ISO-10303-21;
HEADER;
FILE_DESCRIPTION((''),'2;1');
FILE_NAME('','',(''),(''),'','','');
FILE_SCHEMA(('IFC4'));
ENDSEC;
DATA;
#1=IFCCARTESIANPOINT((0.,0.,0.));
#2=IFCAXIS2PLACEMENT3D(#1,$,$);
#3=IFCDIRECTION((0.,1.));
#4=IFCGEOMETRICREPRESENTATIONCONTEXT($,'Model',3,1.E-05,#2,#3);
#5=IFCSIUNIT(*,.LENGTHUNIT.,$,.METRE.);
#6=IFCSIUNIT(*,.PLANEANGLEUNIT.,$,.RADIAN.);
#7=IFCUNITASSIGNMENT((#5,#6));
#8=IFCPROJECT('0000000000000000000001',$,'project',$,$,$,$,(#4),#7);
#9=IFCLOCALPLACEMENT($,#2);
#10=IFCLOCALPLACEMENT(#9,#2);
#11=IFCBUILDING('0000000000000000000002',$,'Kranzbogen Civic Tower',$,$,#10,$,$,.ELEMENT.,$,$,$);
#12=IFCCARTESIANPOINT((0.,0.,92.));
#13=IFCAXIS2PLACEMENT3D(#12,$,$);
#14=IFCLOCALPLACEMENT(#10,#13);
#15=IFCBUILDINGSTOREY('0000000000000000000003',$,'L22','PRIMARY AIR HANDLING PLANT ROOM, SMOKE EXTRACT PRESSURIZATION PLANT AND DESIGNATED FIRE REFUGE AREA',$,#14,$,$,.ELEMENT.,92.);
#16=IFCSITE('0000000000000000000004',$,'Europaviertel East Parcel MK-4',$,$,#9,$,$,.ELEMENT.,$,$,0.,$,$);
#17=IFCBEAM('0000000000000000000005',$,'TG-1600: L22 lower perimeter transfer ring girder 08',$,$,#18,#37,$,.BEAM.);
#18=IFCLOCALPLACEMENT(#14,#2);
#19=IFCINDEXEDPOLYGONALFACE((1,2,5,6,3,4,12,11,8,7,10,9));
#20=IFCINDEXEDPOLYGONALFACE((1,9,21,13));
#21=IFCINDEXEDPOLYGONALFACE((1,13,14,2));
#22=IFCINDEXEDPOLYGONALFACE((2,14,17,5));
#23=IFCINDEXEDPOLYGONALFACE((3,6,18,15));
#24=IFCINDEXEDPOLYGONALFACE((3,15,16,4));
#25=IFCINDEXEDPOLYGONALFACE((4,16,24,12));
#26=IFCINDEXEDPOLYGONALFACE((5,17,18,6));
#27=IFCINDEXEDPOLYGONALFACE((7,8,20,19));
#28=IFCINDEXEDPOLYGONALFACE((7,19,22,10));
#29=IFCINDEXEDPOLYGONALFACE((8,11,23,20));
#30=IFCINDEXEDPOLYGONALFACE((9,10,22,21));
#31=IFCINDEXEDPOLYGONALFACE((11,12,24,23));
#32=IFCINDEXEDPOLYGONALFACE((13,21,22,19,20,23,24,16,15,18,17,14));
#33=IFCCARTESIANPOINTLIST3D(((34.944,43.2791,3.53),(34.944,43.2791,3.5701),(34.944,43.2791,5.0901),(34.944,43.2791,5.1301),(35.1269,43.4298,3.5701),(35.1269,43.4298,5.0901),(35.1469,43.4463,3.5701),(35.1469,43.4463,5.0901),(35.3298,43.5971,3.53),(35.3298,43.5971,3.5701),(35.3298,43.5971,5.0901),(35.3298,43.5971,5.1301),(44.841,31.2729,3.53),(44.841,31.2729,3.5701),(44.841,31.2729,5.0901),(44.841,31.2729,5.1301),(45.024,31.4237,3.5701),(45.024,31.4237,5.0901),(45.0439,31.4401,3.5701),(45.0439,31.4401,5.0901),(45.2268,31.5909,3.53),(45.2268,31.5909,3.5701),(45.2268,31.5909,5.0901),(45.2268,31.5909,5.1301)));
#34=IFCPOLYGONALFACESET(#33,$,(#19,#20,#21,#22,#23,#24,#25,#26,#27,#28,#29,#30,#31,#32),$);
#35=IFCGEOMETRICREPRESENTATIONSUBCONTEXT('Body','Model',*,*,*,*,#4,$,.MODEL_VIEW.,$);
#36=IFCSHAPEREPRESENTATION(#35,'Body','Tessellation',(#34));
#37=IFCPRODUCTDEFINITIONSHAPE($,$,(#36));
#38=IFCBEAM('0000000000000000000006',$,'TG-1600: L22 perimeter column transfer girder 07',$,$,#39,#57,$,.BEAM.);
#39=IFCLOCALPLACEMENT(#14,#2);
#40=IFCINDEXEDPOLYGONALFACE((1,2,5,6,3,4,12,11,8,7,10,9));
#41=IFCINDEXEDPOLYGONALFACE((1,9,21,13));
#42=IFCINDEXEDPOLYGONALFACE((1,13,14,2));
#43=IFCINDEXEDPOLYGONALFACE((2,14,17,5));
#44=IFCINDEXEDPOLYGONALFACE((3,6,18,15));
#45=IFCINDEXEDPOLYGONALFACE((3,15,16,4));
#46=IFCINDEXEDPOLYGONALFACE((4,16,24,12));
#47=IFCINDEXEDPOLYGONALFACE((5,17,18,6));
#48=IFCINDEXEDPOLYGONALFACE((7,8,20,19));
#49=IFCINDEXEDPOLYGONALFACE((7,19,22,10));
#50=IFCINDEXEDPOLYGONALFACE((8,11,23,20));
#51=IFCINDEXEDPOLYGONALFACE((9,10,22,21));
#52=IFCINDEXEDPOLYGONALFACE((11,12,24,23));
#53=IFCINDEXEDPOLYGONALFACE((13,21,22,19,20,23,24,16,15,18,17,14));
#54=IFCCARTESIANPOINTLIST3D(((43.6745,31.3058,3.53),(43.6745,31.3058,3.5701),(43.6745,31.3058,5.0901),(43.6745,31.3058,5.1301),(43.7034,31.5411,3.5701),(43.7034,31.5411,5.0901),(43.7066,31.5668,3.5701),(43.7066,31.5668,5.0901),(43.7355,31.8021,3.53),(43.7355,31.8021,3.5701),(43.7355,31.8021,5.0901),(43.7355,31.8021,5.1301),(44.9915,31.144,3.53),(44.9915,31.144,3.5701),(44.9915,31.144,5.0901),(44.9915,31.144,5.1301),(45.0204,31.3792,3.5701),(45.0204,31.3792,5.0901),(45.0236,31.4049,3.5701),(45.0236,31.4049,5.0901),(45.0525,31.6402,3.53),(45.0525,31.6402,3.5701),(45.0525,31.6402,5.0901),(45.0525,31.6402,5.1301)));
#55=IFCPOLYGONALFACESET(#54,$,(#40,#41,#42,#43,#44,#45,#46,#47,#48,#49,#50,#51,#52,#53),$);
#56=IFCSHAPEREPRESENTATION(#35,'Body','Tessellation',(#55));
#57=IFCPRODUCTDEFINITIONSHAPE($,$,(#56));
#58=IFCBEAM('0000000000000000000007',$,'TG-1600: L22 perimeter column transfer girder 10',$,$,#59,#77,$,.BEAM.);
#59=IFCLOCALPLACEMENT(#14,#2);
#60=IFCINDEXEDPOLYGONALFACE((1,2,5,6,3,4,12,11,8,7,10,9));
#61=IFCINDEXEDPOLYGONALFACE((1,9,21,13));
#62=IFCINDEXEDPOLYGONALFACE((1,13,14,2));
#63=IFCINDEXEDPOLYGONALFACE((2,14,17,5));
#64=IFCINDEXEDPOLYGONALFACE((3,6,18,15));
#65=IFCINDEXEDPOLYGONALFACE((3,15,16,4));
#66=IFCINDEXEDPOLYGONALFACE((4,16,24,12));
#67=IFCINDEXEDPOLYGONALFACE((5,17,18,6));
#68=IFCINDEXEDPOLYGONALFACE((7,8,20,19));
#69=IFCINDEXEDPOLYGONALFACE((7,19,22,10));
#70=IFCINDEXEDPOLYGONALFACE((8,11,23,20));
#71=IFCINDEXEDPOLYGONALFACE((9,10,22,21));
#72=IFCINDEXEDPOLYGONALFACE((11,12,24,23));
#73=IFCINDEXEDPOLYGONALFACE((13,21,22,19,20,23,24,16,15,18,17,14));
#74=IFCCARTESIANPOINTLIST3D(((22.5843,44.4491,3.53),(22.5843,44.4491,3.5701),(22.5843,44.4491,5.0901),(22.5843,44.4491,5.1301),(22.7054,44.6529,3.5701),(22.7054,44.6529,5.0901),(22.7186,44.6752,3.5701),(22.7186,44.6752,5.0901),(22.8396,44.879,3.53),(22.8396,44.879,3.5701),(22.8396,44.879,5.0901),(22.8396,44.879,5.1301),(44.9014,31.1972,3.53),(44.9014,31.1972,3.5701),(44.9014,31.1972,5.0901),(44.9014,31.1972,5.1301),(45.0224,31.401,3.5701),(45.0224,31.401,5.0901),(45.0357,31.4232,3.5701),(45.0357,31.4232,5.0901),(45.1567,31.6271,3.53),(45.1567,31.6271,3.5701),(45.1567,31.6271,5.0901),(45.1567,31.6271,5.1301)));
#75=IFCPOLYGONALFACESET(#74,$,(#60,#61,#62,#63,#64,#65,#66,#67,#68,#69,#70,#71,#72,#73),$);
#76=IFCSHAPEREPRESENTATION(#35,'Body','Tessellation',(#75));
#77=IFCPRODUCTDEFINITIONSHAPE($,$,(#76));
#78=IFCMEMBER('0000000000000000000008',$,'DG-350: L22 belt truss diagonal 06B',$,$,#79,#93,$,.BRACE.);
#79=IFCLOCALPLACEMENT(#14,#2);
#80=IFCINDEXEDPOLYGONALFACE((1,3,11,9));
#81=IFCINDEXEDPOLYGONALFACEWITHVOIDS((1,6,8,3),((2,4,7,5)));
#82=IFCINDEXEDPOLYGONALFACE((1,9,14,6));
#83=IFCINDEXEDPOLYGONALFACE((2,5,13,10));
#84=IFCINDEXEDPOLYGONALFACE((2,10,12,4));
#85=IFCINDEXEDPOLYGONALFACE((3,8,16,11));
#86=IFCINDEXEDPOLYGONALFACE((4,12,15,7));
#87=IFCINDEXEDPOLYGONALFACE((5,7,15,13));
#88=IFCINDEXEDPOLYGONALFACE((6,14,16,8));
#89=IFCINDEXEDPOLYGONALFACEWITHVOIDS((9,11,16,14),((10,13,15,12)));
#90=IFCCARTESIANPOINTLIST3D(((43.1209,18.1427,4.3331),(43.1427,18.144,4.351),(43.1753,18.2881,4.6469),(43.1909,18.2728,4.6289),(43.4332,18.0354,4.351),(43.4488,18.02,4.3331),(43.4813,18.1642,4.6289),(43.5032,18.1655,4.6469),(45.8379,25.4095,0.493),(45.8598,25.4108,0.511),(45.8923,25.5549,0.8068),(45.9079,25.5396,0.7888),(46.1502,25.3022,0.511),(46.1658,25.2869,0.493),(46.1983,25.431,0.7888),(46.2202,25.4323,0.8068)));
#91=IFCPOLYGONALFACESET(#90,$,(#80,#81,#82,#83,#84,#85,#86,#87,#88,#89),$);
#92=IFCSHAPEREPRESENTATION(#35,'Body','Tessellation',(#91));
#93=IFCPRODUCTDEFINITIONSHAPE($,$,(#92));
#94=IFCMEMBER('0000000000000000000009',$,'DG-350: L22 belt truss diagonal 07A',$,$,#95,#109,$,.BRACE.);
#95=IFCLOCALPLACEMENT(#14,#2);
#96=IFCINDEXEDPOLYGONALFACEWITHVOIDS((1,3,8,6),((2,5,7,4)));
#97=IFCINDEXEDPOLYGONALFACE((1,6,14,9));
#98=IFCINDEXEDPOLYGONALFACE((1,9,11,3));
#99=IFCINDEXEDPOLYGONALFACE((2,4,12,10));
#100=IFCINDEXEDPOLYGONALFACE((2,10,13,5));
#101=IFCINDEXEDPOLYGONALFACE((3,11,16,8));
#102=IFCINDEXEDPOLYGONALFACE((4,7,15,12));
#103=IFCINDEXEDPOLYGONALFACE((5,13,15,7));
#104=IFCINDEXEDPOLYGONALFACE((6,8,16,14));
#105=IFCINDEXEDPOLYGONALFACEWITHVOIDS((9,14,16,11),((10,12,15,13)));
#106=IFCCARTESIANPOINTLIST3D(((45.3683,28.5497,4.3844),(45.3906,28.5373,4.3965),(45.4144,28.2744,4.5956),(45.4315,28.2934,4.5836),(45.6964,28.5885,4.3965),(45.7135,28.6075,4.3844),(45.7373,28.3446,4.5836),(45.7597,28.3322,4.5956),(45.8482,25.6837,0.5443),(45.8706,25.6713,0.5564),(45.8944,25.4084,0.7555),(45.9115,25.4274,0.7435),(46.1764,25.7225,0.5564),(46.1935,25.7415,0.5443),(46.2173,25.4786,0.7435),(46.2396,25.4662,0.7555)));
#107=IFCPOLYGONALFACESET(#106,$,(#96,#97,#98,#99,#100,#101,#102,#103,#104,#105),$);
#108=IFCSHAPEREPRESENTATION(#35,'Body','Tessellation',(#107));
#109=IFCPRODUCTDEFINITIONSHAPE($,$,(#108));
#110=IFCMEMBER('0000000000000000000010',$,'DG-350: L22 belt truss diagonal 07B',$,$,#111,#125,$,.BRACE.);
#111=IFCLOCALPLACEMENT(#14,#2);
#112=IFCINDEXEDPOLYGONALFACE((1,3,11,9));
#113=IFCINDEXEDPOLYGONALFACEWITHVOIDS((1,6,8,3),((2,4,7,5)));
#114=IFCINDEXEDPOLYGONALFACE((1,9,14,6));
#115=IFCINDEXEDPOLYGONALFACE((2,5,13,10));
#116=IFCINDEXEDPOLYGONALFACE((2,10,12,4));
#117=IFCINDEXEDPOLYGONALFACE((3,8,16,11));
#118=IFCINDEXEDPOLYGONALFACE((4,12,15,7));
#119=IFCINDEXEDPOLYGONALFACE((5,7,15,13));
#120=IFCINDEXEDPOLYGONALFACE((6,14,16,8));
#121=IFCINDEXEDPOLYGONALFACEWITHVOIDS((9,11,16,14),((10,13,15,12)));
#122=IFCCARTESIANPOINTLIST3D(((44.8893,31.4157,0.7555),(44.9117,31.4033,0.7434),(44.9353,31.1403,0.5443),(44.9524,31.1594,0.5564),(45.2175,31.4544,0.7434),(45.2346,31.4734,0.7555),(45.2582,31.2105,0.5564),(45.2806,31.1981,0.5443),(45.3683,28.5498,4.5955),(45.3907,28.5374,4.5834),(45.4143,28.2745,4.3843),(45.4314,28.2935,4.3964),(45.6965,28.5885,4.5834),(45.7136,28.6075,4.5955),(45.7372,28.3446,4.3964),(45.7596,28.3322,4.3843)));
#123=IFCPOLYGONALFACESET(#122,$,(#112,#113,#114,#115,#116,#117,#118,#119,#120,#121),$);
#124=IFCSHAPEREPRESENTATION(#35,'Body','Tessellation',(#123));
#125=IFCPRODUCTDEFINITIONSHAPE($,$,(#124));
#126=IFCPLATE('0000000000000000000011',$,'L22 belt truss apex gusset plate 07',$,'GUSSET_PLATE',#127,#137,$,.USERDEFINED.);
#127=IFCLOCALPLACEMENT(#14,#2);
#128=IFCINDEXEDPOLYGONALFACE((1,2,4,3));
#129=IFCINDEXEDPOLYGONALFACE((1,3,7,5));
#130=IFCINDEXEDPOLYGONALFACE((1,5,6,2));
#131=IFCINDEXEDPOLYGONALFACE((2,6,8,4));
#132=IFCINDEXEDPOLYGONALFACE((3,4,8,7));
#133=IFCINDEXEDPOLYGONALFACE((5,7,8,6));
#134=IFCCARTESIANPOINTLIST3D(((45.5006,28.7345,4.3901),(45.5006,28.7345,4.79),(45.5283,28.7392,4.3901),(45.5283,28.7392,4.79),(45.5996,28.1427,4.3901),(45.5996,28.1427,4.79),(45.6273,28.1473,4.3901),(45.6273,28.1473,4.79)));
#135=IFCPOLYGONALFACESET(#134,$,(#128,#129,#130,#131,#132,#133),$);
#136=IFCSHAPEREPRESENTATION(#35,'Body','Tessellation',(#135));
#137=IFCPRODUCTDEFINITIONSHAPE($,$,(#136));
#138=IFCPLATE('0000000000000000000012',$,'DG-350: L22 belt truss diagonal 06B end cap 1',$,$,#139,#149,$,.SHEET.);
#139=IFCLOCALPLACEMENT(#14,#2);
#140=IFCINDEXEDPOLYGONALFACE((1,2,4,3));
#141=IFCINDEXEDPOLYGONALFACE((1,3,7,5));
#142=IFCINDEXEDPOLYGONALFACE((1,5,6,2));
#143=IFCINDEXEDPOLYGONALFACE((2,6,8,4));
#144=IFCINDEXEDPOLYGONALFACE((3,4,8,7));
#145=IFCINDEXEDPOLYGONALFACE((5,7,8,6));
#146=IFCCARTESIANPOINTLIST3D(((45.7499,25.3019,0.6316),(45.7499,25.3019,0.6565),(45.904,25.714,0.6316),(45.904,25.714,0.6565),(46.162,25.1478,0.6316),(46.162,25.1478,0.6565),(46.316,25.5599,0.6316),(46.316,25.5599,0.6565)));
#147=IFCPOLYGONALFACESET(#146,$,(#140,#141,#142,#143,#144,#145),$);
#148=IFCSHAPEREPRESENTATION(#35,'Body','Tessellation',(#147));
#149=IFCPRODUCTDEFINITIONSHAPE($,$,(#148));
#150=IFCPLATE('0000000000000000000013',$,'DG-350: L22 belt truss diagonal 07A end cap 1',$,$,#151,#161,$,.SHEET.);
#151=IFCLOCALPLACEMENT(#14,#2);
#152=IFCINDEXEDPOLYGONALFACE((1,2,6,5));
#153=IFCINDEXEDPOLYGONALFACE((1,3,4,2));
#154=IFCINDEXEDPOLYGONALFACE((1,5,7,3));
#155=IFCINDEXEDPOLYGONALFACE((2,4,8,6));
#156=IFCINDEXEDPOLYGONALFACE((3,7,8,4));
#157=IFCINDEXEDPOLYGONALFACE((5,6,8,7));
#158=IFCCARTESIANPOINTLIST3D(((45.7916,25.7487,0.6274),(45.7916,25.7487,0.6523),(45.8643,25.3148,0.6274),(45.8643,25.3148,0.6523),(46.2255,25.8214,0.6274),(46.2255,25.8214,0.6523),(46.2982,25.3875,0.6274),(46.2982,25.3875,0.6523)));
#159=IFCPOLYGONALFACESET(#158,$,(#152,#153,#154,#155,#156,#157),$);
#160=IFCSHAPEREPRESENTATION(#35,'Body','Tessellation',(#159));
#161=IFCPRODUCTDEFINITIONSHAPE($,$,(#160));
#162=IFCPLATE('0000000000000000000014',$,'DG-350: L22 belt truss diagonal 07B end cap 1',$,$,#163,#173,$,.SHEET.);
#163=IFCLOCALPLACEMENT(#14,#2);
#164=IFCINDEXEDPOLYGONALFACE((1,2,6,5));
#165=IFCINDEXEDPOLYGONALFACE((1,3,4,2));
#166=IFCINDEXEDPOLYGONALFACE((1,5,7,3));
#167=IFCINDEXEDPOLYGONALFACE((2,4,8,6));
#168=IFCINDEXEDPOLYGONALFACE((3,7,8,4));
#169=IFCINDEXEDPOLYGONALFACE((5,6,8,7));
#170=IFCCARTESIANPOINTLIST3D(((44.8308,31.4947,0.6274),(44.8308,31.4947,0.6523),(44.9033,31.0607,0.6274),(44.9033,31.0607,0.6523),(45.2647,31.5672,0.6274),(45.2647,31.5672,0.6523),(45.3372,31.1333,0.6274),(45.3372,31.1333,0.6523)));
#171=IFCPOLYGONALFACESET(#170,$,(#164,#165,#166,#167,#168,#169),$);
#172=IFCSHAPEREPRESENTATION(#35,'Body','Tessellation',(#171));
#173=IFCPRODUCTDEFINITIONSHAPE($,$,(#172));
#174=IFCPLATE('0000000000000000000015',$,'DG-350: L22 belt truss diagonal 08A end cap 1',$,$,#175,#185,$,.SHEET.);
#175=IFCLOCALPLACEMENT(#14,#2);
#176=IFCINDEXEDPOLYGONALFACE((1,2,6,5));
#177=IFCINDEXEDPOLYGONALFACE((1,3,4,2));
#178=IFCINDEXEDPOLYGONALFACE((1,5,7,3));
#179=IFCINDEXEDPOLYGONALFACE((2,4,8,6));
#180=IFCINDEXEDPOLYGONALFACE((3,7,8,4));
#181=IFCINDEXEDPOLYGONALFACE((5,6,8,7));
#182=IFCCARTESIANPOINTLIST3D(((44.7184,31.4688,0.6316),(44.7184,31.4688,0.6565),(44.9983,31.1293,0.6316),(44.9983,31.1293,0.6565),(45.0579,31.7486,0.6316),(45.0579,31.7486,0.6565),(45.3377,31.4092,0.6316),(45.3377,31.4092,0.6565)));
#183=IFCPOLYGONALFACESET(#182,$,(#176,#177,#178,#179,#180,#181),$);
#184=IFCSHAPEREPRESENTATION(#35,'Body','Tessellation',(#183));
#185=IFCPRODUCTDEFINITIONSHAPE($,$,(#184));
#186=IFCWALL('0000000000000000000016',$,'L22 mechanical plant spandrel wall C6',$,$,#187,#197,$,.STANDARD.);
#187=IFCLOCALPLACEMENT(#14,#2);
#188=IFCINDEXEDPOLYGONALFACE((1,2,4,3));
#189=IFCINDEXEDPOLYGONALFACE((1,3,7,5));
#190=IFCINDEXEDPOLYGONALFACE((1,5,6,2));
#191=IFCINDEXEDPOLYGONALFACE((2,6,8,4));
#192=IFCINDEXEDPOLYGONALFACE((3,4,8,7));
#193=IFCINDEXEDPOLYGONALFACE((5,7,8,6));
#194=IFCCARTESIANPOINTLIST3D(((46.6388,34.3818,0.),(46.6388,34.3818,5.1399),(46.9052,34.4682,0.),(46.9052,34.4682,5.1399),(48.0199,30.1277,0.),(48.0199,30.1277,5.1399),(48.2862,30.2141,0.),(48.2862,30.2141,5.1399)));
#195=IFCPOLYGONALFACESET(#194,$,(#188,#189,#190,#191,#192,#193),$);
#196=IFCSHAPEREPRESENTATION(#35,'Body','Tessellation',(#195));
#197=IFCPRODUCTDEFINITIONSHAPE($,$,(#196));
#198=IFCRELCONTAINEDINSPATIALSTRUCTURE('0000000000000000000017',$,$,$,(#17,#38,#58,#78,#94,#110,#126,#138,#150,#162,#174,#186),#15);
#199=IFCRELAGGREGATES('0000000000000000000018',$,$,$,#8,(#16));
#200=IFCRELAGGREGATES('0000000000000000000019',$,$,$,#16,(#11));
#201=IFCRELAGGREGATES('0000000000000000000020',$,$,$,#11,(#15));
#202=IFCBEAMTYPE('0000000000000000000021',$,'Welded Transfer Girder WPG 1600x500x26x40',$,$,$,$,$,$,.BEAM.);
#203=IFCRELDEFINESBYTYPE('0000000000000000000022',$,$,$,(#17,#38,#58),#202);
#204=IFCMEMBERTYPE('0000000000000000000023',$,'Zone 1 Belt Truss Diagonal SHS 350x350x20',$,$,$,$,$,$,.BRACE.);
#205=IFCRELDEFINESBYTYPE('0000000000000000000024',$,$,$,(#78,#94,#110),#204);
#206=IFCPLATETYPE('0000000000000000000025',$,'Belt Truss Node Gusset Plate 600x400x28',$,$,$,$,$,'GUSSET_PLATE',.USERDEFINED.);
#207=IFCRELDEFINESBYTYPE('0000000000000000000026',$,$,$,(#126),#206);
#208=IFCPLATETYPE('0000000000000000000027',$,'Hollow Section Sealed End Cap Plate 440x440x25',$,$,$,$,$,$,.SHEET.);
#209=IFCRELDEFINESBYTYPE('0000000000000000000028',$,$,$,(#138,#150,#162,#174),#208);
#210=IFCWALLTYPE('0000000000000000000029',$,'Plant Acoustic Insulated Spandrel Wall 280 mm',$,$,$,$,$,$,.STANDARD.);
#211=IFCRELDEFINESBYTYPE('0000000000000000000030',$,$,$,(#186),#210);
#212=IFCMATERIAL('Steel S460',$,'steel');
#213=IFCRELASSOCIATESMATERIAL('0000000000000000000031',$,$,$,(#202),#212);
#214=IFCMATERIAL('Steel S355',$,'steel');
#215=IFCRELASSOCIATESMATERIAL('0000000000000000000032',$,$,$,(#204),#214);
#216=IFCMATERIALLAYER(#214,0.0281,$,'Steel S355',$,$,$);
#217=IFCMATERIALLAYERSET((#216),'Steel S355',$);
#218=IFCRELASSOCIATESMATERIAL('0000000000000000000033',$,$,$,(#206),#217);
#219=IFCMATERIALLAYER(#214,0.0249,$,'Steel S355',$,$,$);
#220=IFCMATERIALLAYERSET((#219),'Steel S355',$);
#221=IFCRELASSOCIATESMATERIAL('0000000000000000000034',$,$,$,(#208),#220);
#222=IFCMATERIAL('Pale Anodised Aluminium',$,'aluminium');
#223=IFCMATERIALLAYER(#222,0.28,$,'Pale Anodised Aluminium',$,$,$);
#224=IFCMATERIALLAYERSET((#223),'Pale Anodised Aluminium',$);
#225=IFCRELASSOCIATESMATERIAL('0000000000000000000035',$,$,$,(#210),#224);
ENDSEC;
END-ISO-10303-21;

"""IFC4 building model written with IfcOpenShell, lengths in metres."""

from ifc_helpers import new_model, si_unit, direction, frame, frame_2d, origin, origin_2d, place, context, subcontext, project, spatial, rectangle, hollow_rectangle, i_section, extrude, material, layer, layer_set, material_profile, profile_set, type_object, element, save


model = new_model("IFC4")

# Units and contexts
model_context = context("Model", 3, precision=1e-05, world=origin(), true_north=direction((0.0, 1.0)))
body_context = subcontext(model_context, "Body", "Model", "MODEL_VIEW")
ifc_project = project(units=[si_unit("LENGTHUNIT", "METRE"), si_unit("PLANEANGLEUNIT", "RADIAN")], contexts=[model_context])

# Site, building, storey
site_placement = place(None, origin())
site = spatial("IfcSite", under=ifc_project, at=site_placement, Name="Europaviertel East Parcel MK-4", CompositionType="ELEMENT", RefElevation=0.0)
building_placement = place(site_placement, origin())
building = spatial("IfcBuilding", under=site, at=building_placement, Name="Kranzbogen Civic Tower", CompositionType="ELEMENT")
storey_placement = place(building_placement, frame((0.0, 0.0, 92.0)))
storey = spatial("IfcBuildingStorey", under=building, at=storey_placement, Name="L22", Description="PRIMARY AIR HANDLING PLANT ROOM, SMOKE EXTRACT PRESSURIZATION PLANT AND DESIGNATED FIRE REFUGE AREA", CompositionType="ELEMENT", Elevation=92.0)

# Shared definitions
ifc_material_1 = material(Name="Steel S355", Category="steel")

# Shared definitions
ifc_material_2 = material(Name="Steel S460", Category="steel")

# Beams
ifc_material_profile_1 = material_profile(ifc_material_2, i_section(OverallWidth=0.5, OverallDepth=1.6001, WebThickness=0.0259, FlangeThickness=0.04, at=origin_2d()), Name="WPG 1600x500x26x40")
ifc_profile_set_1 = profile_set([ifc_material_profile_1], Name="Steel S460")
beam_type = type_object("IfcBeamType", Name="Welded Transfer Girder WPG 1600x500x26x40", PredefinedType="BEAM", material=ifc_profile_set_1)
beam_1_placement = place(storey_placement, frame((45.0339, 31.4319, 4.3301), z_axis=(-0.636075, 0.771628, 0.0), x_axis=(-0.771628, -0.636075, 0.0)))
element("IfcBeam", 1, at=beam_1_placement, inside=storey, type_object=beam_type, Name="TG-1600: L22 lower perimeter transfer ring girder 08", PredefinedType="BEAM", context=body_context, shape_type="SweptSolid", body=[
    extrude(i_section(OverallWidth=0.5, OverallDepth=1.6001, WebThickness=0.0259, FlangeThickness=0.04, at=origin_2d()), origin(), (0.0, 0.0, 1.0), 15.5596),
])
beam_2_placement = place(storey_placement, frame((45.022, 31.3921, 4.3301), z_axis=(-0.992531, 0.121996, 0.0), x_axis=(-0.121996, -0.992531, 0.0)))
element("IfcBeam", 2, at=beam_2_placement, inside=storey, type_object=beam_type, Name="TG-1600: L22 perimeter column transfer girder 07", PredefinedType="BEAM", context=body_context, shape_type="SweptSolid", body=[
    extrude(i_section(OverallWidth=0.5, OverallDepth=1.6001, WebThickness=0.0259, FlangeThickness=0.04, at=origin_2d()), origin(), (0.0, 0.0, 1.0), 1.3269),
])
beam_3_placement = place(storey_placement, frame((45.0291, 31.4121, 4.3301), z_axis=(-0.859835, 0.510572, 0.0), x_axis=(-0.510572, -0.859835, 0.0)))
element("IfcBeam", 3, at=beam_3_placement, inside=storey, type_object=beam_type, Name="TG-1600: L22 perimeter column transfer girder 10", PredefinedType="BEAM", context=body_context, shape_type="SweptSolid", body=[
    extrude(i_section(OverallWidth=0.5, OverallDepth=1.6001, WebThickness=0.0259, FlangeThickness=0.04, at=origin_2d()), origin(), (0.0, 0.0, 1.0), 25.9551),
])

# Members
ifc_material_profile_2 = material_profile(ifc_material_1, hollow_rectangle(XDim=0.3501, YDim=0.3501, WallThickness=0.02, at=origin_2d()), Name="SHS 350x350x20")
ifc_profile_set_2 = profile_set([ifc_material_profile_2], Name="Steel S355")
member_type_1 = type_object("IfcMemberType", Name="Zone 1 Belt Truss Diagonal SHS 350x350x20", PredefinedType="BRACE", material=ifc_profile_set_2)
member_1_placement = place(storey_placement, frame((46.0291, 25.4209, 0.6499), z_axis=(-0.313872, -0.839463, 0.443606), x_axis=(0.936669, -0.350216, 0.0)))
element("IfcMember", 4, at=member_1_placement, inside=storey, type_object=member_type_1, Name="DG-350: L22 belt truss diagonal 06B", PredefinedType="BRACE", context=body_context, shape_type="SweptSolid", body=[
    extrude(hollow_rectangle(XDim=0.3501, YDim=0.3501, WallThickness=0.02, at=origin_2d()), origin(), (0.0, 0.0, 1.0), 8.6565),
])
member_2_placement = place(storey_placement, frame((46.0439, 25.575, 0.6499), z_axis=(-0.099671, 0.595137, 0.797419), x_axis=(-0.986264, -0.165176, 0.0)))
element("IfcMember", 5, at=member_2_placement, inside=storey, type_object=member_type_1, Name="DG-350: L22 belt truss diagonal 07A", PredefinedType="BRACE", context=body_context, shape_type="SweptSolid", body=[
    extrude(hollow_rectangle(XDim=0.3501, YDim=0.3501, WallThickness=0.02, at=origin_2d()), origin(), (0.0, 0.0, 1.0), 4.8157),
])
member_3_placement = place(storey_placement, frame((45.085, 31.3069, 0.6499), z_axis=(0.09947, -0.595149, 0.797436), x_axis=(0.986319, 0.164849, 0.0)))
element("IfcMember", 6, at=member_3_placement, inside=storey, type_object=member_type_1, Name="DG-350: L22 belt truss diagonal 07B", PredefinedType="BRACE", context=body_context, shape_type="SweptSolid", body=[
    extrude(hollow_rectangle(XDim=0.3501, YDim=0.3501, WallThickness=0.02, at=origin_2d()), origin(), (0.0, 0.0, 1.0), 4.8154),
])

# Plates
ifc_layer_1 = layer(ifc_material_1, 0.0281, Name="Steel S355")
ifc_layer_set_1 = layer_set([ifc_layer_1], Name="Steel S355")
plate_type_1 = type_object("IfcPlateType", Name="Belt Truss Node Gusset Plate 600x400x28", ElementType="GUSSET_PLATE", PredefinedType="USERDEFINED", material=ifc_layer_set_1)
plate_placement = place(storey_placement, frame((45.564, 28.4409, 4.3901), z_axis=(0.0, 0.0, 1.0), x_axis=(-0.164944, 0.986303, 0.0)))
element("IfcPlate", 7, at=plate_placement, inside=storey, type_object=plate_type_1, Name="L22 belt truss apex gusset plate 07", ObjectType="GUSSET_PLATE", PredefinedType="USERDEFINED", context=body_context, shape_type="SweptSolid", body=[
    extrude(rectangle(XDim=0.6001, YDim=0.0281, at=origin_2d()), origin(), (0.0, 0.0, 1.0), 0.3999),
])
ifc_layer_2 = layer(ifc_material_1, 0.0249, Name="Steel S355")
ifc_layer_set_2 = layer_set([ifc_layer_2], Name="Steel S355")
plate_type_2 = type_object("IfcPlateType", Name="Hollow Section Sealed End Cap Plate 440x440x25", PredefinedType="SHEET", material=ifc_layer_set_2)
for number, where, z_axis, x_axis, name in (
    (8, (46.033, 25.4309, 0.6316), (0.0, 0.0, 1.0), (-0.350207, -0.936672, 0.0), "DG-350: L22 belt truss diagonal 06B end cap 1"),
    (9, (46.0449, 25.5681, 0.6274), (0.0, 0.0, 1.0), (-0.165185, 0.986263, 0.0), "DG-350: L22 belt truss diagonal 07A end cap 1"),
    (10, (45.084, 31.314, 0.6274), (0.0, 0.0, 1.0), (0.164841, -0.98632, 0.0), "DG-350: L22 belt truss diagonal 07B end cap 1"),
    (11, (45.0281, 31.439, 0.6316), (0.0, 0.0, 1.0), (-0.636132, 0.77158, 0.0), "DG-350: L22 belt truss diagonal 08A end cap 1"),
):
    element("IfcPlate", number, at=place(storey_placement, frame(where, z_axis=z_axis, x_axis=x_axis)), inside=storey, type_object=plate_type_2, Name=name, PredefinedType="SHEET", context=body_context, shape_type="SweptSolid", body=[
        extrude(rectangle(XDim=0.4399, YDim=0.4399, at=origin_2d()), origin(), (0.0, 0.0, 1.0), 0.0249),
    ])

# Wall
ifc_material_3 = material(Name="Pale Anodised Aluminium", Category="aluminium")
ifc_layer_3 = layer(ifc_material_3, 0.28, Name="Pale Anodised Aluminium")
ifc_layer_set_3 = layer_set([ifc_layer_3], Name="Pale Anodised Aluminium")
wall_type = type_object("IfcWallType", Name="Plant Acoustic Insulated Spandrel Wall 280 mm", PredefinedType="STANDARD", material=ifc_layer_set_3)
wall_placement = place(storey_placement, frame((48.1531, 30.1709, 0.0), z_axis=(0.0, 0.0, 1.0), x_axis=(-0.308784, 0.951132, 0.0)))
element("IfcWall", 12, at=wall_placement, inside=storey, type_object=wall_type, Name="L22 mechanical plant spandrel wall C6", PredefinedType="STANDARD", context=body_context, shape_type="SweptSolid", body=[
    extrude(rectangle(XDim=4.4727, YDim=0.28, at=frame_2d((2.2363, 0.0))), origin(), (0.0, 0.0, 1.0), 5.1399),
])

save(model, "model.ifc")
